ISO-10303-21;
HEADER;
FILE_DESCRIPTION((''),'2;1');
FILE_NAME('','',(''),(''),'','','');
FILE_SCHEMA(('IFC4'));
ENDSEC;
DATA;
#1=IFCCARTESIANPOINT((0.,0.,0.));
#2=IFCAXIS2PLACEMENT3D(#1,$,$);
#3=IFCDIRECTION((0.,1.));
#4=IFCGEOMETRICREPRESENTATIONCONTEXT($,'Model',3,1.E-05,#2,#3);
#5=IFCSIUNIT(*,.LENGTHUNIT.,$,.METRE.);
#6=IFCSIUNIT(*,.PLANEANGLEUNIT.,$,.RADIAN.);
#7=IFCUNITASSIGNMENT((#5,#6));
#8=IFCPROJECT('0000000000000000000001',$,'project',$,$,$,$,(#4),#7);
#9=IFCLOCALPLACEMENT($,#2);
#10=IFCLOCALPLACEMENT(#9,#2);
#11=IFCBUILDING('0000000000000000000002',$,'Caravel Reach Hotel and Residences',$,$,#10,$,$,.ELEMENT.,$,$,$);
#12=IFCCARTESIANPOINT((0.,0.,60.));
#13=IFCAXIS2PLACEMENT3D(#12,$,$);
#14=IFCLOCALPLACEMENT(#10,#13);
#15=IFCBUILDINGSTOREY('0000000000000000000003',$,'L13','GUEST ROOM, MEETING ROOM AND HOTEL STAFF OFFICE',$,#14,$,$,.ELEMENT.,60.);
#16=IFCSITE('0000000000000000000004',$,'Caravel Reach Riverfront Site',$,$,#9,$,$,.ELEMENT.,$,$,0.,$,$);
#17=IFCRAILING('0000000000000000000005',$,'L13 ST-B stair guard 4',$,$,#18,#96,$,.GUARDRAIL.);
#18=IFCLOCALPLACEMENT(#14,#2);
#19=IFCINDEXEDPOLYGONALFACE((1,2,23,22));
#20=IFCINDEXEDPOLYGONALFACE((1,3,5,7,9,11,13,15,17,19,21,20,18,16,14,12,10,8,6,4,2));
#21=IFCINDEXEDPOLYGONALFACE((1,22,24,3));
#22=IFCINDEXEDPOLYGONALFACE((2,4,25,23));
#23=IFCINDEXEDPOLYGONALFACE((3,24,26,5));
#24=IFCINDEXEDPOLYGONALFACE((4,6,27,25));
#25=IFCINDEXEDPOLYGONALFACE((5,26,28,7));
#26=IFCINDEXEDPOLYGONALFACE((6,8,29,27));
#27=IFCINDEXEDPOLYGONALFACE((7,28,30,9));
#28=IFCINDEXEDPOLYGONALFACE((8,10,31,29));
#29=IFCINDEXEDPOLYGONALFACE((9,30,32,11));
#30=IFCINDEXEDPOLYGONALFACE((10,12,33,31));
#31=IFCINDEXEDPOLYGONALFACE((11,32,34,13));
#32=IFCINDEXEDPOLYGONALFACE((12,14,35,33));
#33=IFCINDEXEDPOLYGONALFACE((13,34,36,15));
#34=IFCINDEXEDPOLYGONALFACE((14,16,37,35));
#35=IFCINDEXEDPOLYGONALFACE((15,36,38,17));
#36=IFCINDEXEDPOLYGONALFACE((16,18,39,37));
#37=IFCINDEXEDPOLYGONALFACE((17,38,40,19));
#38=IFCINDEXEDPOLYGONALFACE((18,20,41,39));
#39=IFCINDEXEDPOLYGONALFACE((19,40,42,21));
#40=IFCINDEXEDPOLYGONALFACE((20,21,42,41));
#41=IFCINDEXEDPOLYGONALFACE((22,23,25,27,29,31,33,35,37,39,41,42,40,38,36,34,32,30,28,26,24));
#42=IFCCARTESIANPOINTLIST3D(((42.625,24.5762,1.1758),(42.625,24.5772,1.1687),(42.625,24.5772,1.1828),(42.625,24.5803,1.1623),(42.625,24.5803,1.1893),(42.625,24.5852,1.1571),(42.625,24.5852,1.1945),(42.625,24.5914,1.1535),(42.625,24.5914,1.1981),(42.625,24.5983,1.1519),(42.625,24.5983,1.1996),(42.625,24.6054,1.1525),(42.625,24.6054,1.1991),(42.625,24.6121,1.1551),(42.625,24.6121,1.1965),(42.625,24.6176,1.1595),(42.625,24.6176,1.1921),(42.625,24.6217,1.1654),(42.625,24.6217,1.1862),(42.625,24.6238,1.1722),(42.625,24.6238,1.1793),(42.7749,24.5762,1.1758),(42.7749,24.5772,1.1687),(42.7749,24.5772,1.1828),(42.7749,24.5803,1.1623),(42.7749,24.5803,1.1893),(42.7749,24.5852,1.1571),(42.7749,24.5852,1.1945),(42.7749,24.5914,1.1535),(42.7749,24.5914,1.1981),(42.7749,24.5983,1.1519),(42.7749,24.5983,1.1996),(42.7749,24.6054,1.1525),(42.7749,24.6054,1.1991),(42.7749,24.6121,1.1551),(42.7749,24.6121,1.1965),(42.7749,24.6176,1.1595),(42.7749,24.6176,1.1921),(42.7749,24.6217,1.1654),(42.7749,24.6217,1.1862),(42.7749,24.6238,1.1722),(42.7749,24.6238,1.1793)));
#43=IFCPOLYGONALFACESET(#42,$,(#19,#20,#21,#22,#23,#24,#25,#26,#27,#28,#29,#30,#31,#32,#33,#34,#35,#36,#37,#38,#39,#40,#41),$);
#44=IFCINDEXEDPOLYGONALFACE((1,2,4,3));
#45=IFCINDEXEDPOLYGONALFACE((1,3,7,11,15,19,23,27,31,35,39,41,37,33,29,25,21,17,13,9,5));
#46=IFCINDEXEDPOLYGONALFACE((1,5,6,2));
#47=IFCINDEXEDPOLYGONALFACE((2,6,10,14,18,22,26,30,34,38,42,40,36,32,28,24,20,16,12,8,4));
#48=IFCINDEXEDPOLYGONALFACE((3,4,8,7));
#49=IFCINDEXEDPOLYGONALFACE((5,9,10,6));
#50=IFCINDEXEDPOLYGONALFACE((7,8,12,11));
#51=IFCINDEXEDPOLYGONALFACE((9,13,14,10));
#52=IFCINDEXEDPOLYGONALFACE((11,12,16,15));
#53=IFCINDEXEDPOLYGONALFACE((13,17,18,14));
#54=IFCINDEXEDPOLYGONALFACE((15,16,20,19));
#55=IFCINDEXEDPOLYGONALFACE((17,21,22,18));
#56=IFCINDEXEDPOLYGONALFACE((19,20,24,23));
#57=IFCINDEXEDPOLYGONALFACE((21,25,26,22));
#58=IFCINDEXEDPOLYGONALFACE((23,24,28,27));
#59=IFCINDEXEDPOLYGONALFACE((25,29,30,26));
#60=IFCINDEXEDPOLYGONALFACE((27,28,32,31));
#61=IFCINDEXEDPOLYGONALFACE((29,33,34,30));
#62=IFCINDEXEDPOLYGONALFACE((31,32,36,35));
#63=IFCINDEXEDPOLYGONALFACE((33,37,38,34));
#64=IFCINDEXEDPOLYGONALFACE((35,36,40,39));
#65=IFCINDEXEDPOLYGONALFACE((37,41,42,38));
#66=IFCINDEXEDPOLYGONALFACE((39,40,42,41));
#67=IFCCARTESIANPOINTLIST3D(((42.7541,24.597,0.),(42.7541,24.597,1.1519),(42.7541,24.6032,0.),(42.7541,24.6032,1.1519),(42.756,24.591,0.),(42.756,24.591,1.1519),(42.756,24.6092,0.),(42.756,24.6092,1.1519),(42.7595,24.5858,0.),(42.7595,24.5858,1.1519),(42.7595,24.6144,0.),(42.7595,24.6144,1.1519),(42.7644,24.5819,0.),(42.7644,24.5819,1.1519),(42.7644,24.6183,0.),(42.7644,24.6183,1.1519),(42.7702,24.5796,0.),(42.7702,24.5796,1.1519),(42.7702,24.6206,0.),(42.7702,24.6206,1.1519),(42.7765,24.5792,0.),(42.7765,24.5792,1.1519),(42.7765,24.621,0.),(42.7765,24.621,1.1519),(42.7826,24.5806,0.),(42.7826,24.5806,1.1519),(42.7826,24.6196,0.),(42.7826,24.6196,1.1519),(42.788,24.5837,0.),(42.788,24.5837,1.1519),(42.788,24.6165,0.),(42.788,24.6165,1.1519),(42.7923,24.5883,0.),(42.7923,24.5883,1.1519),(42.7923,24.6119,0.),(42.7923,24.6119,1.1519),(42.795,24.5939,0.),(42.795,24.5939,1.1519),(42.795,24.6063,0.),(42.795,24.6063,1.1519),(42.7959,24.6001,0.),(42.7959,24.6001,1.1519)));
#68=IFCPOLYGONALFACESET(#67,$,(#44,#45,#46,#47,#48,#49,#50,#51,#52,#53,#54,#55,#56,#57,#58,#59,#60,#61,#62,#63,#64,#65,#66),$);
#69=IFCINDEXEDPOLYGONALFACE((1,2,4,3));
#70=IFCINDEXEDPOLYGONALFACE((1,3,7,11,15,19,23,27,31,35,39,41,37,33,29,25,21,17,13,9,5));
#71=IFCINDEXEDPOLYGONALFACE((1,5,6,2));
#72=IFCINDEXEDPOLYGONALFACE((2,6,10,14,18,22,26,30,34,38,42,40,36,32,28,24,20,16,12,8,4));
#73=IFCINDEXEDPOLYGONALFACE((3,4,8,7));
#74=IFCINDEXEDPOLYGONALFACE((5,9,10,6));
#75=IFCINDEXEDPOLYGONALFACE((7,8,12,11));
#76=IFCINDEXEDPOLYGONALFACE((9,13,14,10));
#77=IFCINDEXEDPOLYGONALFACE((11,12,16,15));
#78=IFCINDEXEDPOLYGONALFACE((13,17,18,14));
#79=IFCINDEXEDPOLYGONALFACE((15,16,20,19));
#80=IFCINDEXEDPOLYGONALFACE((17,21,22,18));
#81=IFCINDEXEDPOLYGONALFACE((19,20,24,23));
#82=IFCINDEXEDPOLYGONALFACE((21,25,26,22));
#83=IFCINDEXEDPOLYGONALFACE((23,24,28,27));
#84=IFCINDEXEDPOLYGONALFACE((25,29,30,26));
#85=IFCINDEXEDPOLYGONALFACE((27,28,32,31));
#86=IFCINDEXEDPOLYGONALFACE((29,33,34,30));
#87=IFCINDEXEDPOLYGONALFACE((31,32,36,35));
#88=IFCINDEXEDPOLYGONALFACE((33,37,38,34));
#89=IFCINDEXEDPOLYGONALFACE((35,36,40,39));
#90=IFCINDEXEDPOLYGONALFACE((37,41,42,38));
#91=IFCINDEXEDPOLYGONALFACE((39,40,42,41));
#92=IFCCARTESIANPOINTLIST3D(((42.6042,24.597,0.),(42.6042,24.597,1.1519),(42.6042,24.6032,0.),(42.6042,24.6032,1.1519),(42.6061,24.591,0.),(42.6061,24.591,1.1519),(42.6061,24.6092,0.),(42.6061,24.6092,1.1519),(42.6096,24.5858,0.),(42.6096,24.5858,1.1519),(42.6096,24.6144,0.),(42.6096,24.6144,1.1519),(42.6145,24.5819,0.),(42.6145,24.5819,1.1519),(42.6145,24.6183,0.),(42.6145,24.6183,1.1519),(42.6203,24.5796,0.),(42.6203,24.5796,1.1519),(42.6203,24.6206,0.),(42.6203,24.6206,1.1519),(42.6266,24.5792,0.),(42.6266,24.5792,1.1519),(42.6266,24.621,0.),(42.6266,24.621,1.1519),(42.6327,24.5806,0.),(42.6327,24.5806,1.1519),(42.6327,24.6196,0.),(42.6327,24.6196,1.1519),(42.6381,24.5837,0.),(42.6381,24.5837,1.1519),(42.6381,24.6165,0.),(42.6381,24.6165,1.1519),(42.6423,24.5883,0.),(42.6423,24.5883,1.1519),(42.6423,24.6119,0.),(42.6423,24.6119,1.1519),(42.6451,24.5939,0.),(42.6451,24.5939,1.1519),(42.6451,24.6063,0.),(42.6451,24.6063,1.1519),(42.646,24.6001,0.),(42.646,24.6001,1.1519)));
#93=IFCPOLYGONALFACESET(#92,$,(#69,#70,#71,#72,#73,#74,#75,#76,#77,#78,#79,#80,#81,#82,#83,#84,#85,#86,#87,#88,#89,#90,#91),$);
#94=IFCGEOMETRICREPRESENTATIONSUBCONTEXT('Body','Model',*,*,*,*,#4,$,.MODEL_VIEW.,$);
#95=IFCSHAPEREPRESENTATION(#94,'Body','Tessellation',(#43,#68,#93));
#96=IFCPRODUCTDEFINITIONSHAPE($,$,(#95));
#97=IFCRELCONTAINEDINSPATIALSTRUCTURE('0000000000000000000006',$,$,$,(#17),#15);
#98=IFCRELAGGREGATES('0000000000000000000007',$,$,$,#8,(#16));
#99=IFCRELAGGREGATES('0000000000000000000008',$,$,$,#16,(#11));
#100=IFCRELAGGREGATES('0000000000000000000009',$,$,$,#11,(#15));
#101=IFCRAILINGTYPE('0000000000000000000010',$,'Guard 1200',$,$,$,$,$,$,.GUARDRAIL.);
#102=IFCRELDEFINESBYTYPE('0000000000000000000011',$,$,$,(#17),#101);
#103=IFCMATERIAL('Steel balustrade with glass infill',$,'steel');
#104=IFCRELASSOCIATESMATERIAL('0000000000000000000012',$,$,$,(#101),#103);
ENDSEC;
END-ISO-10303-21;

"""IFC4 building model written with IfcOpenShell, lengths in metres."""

from ifc_helpers import new_model, si_unit, direction, frame, origin, origin_2d, place, context, subcontext, project, spatial, circle, extrude, material, type_object, element, save


model = new_model("IFC4")

# Units and contexts
model_context = context("Model", 3, precision=1e-05, world=origin(), true_north=direction((0.0, 1.0)))
body_context = subcontext(model_context, "Body", "Model", "MODEL_VIEW")
ifc_project = project(units=[si_unit("LENGTHUNIT", "METRE"), si_unit("PLANEANGLEUNIT", "RADIAN")], contexts=[model_context])

# Site, building, storey
site_placement = place(None, origin())
site = spatial("IfcSite", under=ifc_project, at=site_placement, Name="Caravel Reach Riverfront Site", CompositionType="ELEMENT", RefElevation=0.0)
building_placement = place(site_placement, origin())
building = spatial("IfcBuilding", under=site, at=building_placement, Name="Caravel Reach Hotel and Residences", CompositionType="ELEMENT")
storey_placement = place(building_placement, frame((0.0, 0.0, 60.0)))
storey = spatial("IfcBuildingStorey", under=building, at=storey_placement, Name="L13", Description="GUEST ROOM, MEETING ROOM AND HOTEL STAFF OFFICE", CompositionType="ELEMENT", Elevation=60.0)

# Railing
ifc_material_1 = material(Name="Steel balustrade with glass infill", Category="steel")
railing_type_1 = type_object("IfcRailingType", Name="Guard 1200", PredefinedType="GUARDRAIL", material=ifc_material_1)
railing_1_placement = place(storey_placement, frame((42.7749, 24.6001, 0.0)))
element("IfcRailing", 1, at=railing_1_placement, inside=storey, type_object=railing_type_1, Name="L13 ST-B stair guard 4", PredefinedType="GUARDRAIL", context=body_context, shape_type="SweptSolid", body=[
    extrude(circle(Radius=0.0239, at=origin_2d()), frame((0.0, 0.0, 1.1758), z_axis=(-1.0, 0.0, 0.0), x_axis=(0.0, -1.0, 0.0)), (0.0, 0.0, 1.0), 0.1499),
    extrude(circle(Radius=0.021, at=origin_2d()), origin(), (0.0, 0.0, 1.0), 1.1519),
    extrude(circle(Radius=0.021, at=origin_2d()), frame((-0.1499, 0.0, 0.0)), (0.0, 0.0, 1.0), 1.1519),
])

save(model, "model.ifc")
